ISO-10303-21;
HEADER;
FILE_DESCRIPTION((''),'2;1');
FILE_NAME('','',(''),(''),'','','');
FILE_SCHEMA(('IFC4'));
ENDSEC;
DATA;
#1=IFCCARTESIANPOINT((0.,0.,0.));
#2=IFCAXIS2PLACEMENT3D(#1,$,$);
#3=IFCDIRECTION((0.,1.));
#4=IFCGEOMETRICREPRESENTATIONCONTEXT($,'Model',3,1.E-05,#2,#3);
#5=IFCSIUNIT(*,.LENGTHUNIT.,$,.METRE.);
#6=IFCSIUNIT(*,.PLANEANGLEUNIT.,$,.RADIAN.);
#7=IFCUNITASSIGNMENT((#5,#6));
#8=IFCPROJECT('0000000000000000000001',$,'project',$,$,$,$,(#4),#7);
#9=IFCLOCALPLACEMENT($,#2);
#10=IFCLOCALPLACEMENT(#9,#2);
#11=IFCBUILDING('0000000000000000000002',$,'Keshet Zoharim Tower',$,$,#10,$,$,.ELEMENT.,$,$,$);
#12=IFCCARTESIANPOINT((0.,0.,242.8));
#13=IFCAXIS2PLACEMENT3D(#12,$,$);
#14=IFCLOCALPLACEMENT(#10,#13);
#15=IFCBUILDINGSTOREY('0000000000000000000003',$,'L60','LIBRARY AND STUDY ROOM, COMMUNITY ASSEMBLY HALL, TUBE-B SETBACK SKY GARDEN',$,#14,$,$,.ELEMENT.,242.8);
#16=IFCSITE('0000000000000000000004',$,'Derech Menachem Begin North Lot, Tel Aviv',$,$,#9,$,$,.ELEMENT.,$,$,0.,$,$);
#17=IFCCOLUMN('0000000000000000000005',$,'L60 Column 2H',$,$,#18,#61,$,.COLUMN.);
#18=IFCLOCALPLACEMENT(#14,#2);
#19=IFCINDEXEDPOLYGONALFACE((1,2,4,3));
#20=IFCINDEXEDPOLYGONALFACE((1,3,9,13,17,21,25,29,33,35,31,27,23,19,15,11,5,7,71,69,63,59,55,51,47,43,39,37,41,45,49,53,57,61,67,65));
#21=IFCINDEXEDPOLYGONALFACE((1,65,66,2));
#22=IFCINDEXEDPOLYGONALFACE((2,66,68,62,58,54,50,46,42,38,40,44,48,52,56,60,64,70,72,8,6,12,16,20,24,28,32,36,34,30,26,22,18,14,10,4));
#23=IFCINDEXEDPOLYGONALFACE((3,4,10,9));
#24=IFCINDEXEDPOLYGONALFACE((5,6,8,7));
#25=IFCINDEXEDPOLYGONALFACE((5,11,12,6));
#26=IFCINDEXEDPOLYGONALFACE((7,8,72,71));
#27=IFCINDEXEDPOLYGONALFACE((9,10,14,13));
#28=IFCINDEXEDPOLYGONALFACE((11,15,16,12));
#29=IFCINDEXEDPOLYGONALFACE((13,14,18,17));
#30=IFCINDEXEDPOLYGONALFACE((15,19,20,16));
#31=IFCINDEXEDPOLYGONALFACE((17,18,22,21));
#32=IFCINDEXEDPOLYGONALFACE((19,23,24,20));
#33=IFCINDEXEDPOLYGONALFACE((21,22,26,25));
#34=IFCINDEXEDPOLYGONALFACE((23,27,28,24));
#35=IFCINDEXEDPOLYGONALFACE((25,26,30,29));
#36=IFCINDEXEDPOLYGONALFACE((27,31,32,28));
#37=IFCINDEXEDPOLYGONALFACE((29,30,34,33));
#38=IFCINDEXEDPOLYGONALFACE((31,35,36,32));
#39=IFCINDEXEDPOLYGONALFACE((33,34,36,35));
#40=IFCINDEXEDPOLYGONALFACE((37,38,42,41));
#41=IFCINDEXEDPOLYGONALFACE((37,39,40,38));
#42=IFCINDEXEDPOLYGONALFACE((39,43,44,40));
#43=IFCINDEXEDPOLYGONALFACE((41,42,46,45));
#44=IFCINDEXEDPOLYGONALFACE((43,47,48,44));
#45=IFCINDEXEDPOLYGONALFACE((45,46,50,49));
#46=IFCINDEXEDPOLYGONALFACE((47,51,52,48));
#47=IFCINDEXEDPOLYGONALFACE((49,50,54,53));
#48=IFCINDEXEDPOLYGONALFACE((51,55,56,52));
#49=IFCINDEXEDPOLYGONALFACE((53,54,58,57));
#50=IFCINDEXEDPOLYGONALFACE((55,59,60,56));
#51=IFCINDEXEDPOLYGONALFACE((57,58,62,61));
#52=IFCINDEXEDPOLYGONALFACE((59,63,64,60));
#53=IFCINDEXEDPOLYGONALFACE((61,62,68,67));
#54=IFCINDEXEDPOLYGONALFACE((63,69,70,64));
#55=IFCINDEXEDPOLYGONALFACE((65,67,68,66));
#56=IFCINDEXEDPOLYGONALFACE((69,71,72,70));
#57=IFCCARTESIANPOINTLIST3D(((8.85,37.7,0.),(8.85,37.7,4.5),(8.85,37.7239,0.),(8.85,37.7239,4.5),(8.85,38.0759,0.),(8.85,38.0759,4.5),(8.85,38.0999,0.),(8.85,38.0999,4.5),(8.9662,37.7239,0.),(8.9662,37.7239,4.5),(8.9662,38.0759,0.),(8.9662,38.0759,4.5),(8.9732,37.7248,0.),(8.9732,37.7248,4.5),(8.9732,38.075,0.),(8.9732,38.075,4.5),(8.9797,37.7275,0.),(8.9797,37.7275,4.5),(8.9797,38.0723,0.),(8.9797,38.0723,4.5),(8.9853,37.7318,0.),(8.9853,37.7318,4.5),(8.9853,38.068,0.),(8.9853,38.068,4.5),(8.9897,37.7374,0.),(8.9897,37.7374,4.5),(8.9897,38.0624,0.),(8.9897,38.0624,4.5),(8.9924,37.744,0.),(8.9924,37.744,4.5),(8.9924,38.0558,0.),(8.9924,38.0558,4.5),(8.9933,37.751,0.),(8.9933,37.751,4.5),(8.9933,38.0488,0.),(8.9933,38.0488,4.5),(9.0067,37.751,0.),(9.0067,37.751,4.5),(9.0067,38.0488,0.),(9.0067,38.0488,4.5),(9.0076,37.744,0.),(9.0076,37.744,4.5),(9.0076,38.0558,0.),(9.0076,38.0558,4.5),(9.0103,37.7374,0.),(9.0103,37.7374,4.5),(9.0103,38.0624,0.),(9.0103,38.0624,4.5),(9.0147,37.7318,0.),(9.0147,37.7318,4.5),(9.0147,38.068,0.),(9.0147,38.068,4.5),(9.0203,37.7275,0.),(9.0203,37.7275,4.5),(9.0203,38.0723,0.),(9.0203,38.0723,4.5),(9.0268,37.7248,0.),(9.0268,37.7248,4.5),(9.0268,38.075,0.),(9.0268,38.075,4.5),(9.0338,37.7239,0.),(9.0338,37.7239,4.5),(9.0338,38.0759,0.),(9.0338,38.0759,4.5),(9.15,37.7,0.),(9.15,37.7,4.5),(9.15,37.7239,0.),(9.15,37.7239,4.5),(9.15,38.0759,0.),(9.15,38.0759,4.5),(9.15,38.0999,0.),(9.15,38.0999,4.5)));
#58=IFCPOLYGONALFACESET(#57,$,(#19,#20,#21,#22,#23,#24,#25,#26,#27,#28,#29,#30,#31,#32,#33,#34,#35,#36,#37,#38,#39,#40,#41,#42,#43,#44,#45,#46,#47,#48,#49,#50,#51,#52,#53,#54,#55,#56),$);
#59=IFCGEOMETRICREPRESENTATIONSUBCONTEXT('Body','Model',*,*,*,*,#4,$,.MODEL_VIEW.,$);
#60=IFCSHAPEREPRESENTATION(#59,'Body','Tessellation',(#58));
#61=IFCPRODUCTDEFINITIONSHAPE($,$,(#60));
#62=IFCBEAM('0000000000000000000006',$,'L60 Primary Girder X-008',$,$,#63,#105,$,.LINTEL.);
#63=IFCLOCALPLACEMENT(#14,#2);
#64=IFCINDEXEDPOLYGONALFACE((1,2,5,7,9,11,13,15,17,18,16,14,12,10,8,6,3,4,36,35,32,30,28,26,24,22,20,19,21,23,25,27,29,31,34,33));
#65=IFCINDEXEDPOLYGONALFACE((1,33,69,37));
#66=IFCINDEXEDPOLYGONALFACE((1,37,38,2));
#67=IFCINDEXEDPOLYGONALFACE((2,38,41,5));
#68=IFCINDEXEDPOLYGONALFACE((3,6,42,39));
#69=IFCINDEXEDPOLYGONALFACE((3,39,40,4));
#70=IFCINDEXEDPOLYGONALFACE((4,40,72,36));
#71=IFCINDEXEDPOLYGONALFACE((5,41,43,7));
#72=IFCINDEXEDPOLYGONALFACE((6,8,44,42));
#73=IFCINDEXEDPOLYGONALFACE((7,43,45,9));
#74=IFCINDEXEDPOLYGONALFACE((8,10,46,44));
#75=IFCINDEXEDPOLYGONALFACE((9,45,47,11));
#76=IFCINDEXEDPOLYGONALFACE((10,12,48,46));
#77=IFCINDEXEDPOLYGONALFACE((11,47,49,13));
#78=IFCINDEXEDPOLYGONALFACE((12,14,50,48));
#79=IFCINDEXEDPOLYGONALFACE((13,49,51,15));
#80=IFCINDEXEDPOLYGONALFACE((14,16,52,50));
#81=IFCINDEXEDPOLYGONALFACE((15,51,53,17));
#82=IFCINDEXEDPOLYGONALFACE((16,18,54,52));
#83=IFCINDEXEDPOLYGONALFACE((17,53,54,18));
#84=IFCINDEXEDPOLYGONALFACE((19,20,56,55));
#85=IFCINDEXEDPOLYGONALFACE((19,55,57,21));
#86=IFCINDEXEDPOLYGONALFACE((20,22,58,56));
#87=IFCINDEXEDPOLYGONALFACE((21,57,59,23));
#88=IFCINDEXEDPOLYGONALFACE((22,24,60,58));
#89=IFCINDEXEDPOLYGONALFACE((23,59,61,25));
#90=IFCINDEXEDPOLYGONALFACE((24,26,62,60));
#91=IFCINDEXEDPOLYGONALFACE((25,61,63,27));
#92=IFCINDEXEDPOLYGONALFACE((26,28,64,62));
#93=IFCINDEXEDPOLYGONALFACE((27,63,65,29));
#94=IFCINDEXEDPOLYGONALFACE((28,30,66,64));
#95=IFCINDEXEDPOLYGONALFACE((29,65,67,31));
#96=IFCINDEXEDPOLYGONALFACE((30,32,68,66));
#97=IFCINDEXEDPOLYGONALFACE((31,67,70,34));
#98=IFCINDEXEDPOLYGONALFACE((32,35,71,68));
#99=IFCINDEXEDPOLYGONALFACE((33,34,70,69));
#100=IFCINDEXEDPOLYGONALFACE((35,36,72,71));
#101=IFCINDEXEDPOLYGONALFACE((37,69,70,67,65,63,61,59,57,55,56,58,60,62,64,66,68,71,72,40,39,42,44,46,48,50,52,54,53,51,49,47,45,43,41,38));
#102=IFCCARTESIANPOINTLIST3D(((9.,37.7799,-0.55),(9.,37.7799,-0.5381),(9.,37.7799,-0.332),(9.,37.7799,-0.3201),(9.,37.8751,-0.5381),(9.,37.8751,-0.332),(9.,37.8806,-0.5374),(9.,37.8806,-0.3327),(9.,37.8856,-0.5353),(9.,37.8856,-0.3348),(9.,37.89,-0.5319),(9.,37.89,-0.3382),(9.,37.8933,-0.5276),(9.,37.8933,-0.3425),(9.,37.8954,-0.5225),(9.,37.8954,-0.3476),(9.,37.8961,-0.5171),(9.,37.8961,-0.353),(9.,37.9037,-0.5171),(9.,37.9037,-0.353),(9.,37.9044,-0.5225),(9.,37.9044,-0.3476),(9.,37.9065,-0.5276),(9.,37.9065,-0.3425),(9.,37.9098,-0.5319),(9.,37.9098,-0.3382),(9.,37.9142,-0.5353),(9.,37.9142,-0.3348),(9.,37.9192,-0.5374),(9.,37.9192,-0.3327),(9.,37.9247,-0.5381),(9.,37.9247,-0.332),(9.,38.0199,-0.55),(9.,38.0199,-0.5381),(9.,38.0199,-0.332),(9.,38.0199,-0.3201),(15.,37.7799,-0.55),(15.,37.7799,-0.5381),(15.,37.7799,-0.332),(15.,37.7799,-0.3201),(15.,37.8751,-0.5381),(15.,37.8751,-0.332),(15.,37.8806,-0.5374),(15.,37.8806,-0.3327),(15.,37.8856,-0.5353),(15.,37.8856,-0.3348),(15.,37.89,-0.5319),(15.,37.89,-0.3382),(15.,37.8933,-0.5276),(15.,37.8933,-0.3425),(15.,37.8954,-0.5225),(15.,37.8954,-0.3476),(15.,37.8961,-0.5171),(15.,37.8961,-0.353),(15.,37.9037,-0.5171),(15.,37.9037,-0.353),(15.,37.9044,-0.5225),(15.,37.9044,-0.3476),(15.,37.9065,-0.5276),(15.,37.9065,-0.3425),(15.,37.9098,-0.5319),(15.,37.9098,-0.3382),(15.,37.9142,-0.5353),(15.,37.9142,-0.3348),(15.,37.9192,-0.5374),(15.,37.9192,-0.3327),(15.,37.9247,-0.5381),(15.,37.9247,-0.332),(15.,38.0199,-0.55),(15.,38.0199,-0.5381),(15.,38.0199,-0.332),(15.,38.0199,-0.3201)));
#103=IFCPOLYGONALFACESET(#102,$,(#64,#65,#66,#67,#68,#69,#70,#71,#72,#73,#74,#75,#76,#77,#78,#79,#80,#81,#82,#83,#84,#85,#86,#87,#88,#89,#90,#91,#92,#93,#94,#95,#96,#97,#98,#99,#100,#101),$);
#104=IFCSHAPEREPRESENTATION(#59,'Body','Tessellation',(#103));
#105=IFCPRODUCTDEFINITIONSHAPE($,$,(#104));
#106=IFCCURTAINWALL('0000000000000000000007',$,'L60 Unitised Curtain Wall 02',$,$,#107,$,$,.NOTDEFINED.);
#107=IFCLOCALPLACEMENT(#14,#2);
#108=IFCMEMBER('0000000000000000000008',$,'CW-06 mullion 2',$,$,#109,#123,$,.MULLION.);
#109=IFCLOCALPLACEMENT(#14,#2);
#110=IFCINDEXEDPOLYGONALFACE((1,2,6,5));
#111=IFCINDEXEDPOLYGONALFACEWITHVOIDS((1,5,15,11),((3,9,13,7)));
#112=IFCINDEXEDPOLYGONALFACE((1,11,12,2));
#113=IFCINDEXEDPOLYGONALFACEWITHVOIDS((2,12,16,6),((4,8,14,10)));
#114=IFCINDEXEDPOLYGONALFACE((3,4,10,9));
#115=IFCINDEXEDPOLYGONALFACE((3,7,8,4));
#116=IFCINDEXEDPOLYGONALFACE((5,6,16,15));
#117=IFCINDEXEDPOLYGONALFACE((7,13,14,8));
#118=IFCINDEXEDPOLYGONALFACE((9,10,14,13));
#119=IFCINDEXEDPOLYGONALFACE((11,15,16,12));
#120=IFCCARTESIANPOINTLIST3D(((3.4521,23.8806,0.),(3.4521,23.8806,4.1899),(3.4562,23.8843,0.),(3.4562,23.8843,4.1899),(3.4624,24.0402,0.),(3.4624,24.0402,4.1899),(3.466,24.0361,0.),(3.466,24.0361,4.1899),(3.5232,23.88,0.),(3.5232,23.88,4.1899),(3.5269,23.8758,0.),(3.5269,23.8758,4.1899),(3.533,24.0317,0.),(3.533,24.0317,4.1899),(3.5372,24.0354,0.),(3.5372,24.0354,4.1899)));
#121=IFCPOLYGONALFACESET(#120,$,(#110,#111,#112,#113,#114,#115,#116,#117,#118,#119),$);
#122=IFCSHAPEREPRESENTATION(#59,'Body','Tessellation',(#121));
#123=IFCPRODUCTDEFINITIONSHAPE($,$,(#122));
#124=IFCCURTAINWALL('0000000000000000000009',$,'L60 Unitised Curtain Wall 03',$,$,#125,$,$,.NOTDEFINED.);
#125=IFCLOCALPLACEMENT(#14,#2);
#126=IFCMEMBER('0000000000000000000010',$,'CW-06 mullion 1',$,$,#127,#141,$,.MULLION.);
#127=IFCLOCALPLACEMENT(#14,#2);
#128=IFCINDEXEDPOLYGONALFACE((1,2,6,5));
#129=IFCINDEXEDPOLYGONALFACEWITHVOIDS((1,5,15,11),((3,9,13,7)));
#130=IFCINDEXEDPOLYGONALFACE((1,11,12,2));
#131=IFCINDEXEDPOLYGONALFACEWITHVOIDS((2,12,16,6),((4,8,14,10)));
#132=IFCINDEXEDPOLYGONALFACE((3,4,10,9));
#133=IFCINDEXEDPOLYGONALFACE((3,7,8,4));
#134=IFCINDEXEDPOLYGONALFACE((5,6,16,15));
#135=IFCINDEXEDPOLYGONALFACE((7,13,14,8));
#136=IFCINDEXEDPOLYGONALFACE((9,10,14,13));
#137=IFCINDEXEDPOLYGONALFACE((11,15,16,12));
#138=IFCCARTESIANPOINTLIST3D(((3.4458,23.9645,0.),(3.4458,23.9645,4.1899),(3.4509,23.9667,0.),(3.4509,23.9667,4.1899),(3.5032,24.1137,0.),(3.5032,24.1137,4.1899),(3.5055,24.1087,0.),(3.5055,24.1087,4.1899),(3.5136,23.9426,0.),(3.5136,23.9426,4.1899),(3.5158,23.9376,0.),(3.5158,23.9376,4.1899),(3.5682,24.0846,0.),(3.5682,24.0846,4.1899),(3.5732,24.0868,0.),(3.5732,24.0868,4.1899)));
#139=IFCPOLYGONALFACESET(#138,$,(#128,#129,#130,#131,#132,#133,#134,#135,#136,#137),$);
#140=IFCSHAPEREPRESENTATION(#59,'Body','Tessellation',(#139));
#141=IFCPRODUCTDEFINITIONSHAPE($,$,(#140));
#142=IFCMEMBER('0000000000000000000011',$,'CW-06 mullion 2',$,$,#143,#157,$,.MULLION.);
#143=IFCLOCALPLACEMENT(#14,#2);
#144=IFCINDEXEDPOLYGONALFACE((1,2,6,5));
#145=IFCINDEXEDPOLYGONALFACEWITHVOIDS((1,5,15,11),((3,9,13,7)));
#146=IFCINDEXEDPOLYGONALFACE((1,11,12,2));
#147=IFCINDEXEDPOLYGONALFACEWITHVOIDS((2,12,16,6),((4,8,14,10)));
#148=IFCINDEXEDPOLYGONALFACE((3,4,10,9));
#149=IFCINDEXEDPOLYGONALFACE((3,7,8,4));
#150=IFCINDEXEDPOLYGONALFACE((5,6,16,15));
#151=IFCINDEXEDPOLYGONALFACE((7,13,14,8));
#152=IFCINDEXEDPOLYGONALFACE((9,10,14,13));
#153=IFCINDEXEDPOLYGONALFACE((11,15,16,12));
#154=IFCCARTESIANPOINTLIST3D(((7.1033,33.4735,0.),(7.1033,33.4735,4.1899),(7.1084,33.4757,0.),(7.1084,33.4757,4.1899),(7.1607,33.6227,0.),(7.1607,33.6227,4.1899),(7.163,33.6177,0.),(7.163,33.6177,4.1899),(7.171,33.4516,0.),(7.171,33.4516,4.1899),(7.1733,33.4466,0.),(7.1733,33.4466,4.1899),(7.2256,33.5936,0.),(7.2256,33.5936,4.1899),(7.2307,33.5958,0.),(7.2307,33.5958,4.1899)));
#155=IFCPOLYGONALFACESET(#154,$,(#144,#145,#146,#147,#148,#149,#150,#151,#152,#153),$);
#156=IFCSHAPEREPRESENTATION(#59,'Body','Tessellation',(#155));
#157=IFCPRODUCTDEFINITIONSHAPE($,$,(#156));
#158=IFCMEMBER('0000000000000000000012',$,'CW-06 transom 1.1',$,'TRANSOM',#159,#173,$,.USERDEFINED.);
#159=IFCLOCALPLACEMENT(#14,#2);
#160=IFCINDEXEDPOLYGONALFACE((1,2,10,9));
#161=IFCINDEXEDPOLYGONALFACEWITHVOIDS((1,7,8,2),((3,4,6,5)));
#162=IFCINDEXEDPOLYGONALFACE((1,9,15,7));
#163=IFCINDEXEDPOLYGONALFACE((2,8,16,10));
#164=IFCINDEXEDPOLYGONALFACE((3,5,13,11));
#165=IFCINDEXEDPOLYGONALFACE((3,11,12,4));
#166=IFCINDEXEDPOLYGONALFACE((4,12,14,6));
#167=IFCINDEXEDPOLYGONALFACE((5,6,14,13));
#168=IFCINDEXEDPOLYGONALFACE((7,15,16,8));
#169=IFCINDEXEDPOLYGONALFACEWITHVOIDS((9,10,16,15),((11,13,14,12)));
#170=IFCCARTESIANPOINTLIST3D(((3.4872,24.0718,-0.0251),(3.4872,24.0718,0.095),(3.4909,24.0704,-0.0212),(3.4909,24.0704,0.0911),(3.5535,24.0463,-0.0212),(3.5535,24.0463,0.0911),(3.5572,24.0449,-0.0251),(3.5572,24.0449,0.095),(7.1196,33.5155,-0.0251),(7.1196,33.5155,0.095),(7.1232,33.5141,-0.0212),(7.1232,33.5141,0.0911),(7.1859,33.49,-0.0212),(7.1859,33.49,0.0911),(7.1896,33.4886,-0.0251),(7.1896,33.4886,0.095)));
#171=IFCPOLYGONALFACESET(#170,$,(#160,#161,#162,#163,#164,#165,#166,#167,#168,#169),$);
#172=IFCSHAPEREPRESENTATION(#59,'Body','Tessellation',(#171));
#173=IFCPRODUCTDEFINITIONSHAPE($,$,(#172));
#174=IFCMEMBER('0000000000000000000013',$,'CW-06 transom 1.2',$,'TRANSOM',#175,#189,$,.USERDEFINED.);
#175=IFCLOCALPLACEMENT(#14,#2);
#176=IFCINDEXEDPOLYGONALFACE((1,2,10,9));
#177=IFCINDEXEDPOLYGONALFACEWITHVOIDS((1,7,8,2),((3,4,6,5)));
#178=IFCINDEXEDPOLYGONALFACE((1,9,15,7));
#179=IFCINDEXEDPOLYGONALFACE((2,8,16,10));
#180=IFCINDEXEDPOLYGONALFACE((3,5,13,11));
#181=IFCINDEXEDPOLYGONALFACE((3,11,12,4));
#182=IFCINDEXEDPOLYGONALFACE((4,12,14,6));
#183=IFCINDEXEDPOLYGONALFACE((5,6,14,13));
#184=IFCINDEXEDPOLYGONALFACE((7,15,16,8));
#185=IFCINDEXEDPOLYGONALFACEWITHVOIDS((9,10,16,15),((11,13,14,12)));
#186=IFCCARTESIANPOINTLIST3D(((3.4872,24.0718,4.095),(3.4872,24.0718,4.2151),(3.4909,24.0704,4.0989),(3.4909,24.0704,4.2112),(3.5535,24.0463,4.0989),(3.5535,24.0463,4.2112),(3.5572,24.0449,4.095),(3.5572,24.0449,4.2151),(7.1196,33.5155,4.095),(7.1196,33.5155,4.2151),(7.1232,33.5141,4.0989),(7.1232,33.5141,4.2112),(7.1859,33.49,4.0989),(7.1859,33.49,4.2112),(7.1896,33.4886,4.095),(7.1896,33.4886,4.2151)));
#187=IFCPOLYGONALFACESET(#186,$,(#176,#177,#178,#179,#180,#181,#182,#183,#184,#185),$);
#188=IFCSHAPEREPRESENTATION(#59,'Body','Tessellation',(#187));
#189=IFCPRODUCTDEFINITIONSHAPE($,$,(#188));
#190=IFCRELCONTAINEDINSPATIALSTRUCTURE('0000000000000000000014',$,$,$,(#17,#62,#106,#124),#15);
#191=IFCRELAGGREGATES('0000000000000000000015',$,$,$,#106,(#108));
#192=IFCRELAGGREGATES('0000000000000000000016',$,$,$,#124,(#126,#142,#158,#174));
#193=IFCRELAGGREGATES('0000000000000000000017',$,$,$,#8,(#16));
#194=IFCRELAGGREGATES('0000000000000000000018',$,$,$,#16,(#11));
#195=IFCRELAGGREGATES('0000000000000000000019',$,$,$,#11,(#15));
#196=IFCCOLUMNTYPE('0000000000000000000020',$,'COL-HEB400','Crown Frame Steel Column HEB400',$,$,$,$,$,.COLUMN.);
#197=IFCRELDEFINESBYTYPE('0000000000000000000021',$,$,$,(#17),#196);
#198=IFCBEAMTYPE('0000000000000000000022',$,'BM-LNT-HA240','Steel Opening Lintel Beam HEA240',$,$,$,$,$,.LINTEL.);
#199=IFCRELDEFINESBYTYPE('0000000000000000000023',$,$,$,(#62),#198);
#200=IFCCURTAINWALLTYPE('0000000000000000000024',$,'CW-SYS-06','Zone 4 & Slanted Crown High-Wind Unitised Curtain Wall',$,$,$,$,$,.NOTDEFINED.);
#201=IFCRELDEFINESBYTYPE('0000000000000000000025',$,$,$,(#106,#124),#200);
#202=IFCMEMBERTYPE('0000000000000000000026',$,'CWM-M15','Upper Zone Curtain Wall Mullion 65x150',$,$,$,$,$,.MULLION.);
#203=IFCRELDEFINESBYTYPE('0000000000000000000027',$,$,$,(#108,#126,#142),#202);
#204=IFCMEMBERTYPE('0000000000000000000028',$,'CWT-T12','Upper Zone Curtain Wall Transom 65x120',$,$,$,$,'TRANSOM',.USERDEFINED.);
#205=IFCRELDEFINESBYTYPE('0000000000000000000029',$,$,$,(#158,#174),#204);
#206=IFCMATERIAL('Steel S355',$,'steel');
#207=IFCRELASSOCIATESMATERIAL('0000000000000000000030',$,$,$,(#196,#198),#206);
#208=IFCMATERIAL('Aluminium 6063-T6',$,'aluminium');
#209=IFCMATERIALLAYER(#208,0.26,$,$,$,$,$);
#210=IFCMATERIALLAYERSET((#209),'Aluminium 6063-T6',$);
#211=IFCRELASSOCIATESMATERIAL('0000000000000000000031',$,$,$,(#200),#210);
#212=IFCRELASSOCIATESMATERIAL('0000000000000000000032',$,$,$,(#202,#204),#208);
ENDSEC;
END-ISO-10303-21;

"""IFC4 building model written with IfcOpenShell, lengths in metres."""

from ifc_helpers import new_model, si_unit, direction, frame, origin, origin_2d, place, context, subcontext, project, spatial, hollow_rectangle, i_section, extrude, material, layer, layer_set, material_profile, profile_set, type_object, element, aggregate, save


model = new_model("IFC4")

# Units and contexts
model_context = context("Model", 3, precision=1e-05, world=origin(), true_north=direction((0.0, 1.0)))
body_context = subcontext(model_context, "Body", "Model", "MODEL_VIEW")
ifc_project = project(units=[si_unit("LENGTHUNIT", "METRE"), si_unit("PLANEANGLEUNIT", "RADIAN")], contexts=[model_context])

# Site, building, storey
site_placement = place(None, origin())
site = spatial("IfcSite", under=ifc_project, at=site_placement, Name="Derech Menachem Begin North Lot, Tel Aviv", CompositionType="ELEMENT", RefElevation=0.0)
building_placement = place(site_placement, origin())
building = spatial("IfcBuilding", under=site, at=building_placement, Name="Keshet Zoharim Tower", CompositionType="ELEMENT")
storey_placement = place(building_placement, frame((0.0, 0.0, 242.8)))
storey = spatial("IfcBuildingStorey", under=building, at=storey_placement, Name="L60", Description="LIBRARY AND STUDY ROOM, COMMUNITY ASSEMBLY HALL, TUBE-B SETBACK SKY GARDEN", CompositionType="ELEMENT", Elevation=242.8)

# Column
ifc_material_1 = material(Name="Steel S355", Category="steel")
ifc_material_profile_1 = material_profile(ifc_material_1, i_section(OverallWidth=0.3, OverallDepth=0.3999, WebThickness=0.0134, FlangeThickness=0.0239, FilletRadius=0.0271, at=origin_2d()), Name="HEB400")
ifc_profile_set_1 = profile_set([ifc_material_profile_1], Name="Steel S355")
column_type = type_object("IfcColumnType", Name="COL-HEB400", Description="Crown Frame Steel Column HEB400", PredefinedType="COLUMN", material=ifc_profile_set_1)
column_placement = place(storey_placement, frame((9.0, 37.8999, 0.0), z_axis=(0.0, 0.0, 1.0), x_axis=(1.0, 0.0, 0.0)))
element("IfcColumn", 1, at=column_placement, inside=storey, type_object=column_type, Name="L60 Column 2H", PredefinedType="COLUMN", context=body_context, shape_type="SweptSolid", body=[
    extrude(i_section(OverallWidth=0.3, OverallDepth=0.3999, WebThickness=0.0134, FlangeThickness=0.0239, FilletRadius=0.0271, at=origin_2d()), origin(), (0.0, 0.0, 1.0), 4.5),
])

# Beam
ifc_material_profile_2 = material_profile(ifc_material_1, i_section(OverallWidth=0.24, OverallDepth=0.23, WebThickness=0.0076, FlangeThickness=0.012, FilletRadius=0.021, at=origin_2d()), Name="HEA240")
ifc_profile_set_2 = profile_set([ifc_material_profile_2], Name="Steel S355")
beam_type = type_object("IfcBeamType", Name="BM-LNT-HA240", Description="Steel Opening Lintel Beam HEA240", PredefinedType="LINTEL", material=ifc_profile_set_2)
beam_placement = place(storey_placement, frame((9.0, 37.8999, -0.4351), z_axis=(1.0, 0.0, 0.0), x_axis=(0.0, 1.0, 0.0)))
element("IfcBeam", 2, at=beam_placement, inside=storey, type_object=beam_type, Name="L60 Primary Girder X-008", PredefinedType="LINTEL", context=body_context, shape_type="SweptSolid", body=[
    extrude(i_section(OverallWidth=0.24, OverallDepth=0.23, WebThickness=0.0076, FlangeThickness=0.012, FilletRadius=0.021, at=origin_2d()), origin(), (0.0, 0.0, 1.0), 6.0),
])

# Curtain wall, member
ifc_material_2 = material(Name="Aluminium 6063-T6", Category="aluminium")
ifc_layer_1 = layer(ifc_material_2, 0.26)
ifc_layer_set_1 = layer_set([ifc_layer_1], Name="Aluminium 6063-T6")
curtain_wall_type = type_object("IfcCurtainWallType", Name="CW-SYS-06", Description="Zone 4 & Slanted Crown High-Wind Unitised Curtain Wall", PredefinedType="NOTDEFINED", material=ifc_layer_set_1)
curtain_wall_1_placement = place(storey_placement, origin())
curtain_wall_1 = element("IfcCurtainWall", 3, at=curtain_wall_1_placement, inside=storey, type_object=curtain_wall_type, Name="L60 Unitised Curtain Wall 02", PredefinedType="NOTDEFINED")
ifc_material_profile_3 = material_profile(ifc_material_2, hollow_rectangle(XDim=0.075, YDim=0.1599, WallThickness=0.0039, at=origin_2d()), Name="MUL-75x160")
ifc_profile_set_3 = profile_set([ifc_material_profile_3], Name="Aluminium 6063-T6")
member_type_1 = type_object("IfcMemberType", Name="CWM-M15", Description="Upper Zone Curtain Wall Mullion 65x150", PredefinedType="MULLION", material=ifc_profile_set_3)
member_1_placement = place(storey_placement, frame((3.4946, 23.958, 0.0), z_axis=(0.0, 0.0, 1.0), x_axis=(-0.997917, 0.064517, 0.0)))
member_1 = element("IfcMember", 4, at=member_1_placement, type_object=member_type_1, Name="CW-06 mullion 2", PredefinedType="MULLION", context=body_context, shape_type="SweptSolid", body=[
    extrude(hollow_rectangle(XDim=0.075, YDim=0.1599, WallThickness=0.0039, at=origin_2d()), origin(), (0.0, 0.0, 1.0), 4.1899),
])

# Curtain wall, members
curtain_wall_2_placement = place(storey_placement, origin())
curtain_wall_2 = element("IfcCurtainWall", 5, at=curtain_wall_2_placement, inside=storey, type_object=curtain_wall_type, Name="L60 Unitised Curtain Wall 03", PredefinedType="NOTDEFINED")
member_2_placement = place(storey_placement, frame((3.5095, 24.0256, 0.0), z_axis=(0.0, 0.0, 1.0), x_axis=(-0.933341, 0.35899, 0.0)))
member_2 = element("IfcMember", 6, at=member_2_placement, type_object=member_type_1, Name="CW-06 mullion 1", PredefinedType="MULLION", context=body_context, shape_type="SweptSolid", body=[
    extrude(hollow_rectangle(XDim=0.075, YDim=0.1599, WallThickness=0.0039, at=origin_2d()), origin(), (0.0, 0.0, 1.0), 4.1899),
])
member_3_placement = place(storey_placement, frame((7.167, 33.5347, 0.0), z_axis=(0.0, 0.0, 1.0), x_axis=(-0.933341, 0.35899, 0.0)))
member_3 = element("IfcMember", 7, at=member_3_placement, type_object=member_type_1, Name="CW-06 mullion 2", PredefinedType="MULLION", context=body_context, shape_type="SweptSolid", body=[
    extrude(hollow_rectangle(XDim=0.075, YDim=0.1599, WallThickness=0.0039, at=origin_2d()), origin(), (0.0, 0.0, 1.0), 4.1899),
])
ifc_material_profile_4 = material_profile(ifc_material_2, hollow_rectangle(XDim=0.075, YDim=0.1201, WallThickness=0.0039, at=origin_2d()), Name="TRN-75x120")
ifc_profile_set_4 = profile_set([ifc_material_profile_4], Name="Aluminium 6063-T6")
member_type_2 = type_object("IfcMemberType", Name="CWT-T12", Description="Upper Zone Curtain Wall Transom 65x120", ElementType="TRANSOM", PredefinedType="USERDEFINED", material=ifc_profile_set_4)
member_4_placement = place(storey_placement, frame((3.5222, 24.0583, 0.0349), z_axis=(0.358994, 0.93334, 0.0), x_axis=(-0.93334, 0.358994, 0.0)))
member_4 = element("IfcMember", 8, at=member_4_placement, type_object=member_type_2, Name="CW-06 transom 1.1", ObjectType="TRANSOM", PredefinedType="USERDEFINED", context=body_context, shape_type="SweptSolid", body=[
    extrude(hollow_rectangle(XDim=0.075, YDim=0.1201, WallThickness=0.0039, at=origin_2d()), origin(), (0.0, 0.0, 1.0), 10.1182),
])
member_5_placement = place(storey_placement, frame((3.5222, 24.0583, 4.155), z_axis=(0.358994, 0.93334, 0.0), x_axis=(-0.93334, 0.358994, 0.0)))
member_5 = element("IfcMember", 9, at=member_5_placement, type_object=member_type_2, Name="CW-06 transom 1.2", ObjectType="TRANSOM", PredefinedType="USERDEFINED", context=body_context, shape_type="SweptSolid", body=[
    extrude(hollow_rectangle(XDim=0.075, YDim=0.1201, WallThickness=0.0039, at=origin_2d()), origin(), (0.0, 0.0, 1.0), 10.1182),
])

aggregate(curtain_wall_1, [member_1])
aggregate(curtain_wall_2, [member_2, member_3, member_4, member_5])

save(model, "model.ifc")
